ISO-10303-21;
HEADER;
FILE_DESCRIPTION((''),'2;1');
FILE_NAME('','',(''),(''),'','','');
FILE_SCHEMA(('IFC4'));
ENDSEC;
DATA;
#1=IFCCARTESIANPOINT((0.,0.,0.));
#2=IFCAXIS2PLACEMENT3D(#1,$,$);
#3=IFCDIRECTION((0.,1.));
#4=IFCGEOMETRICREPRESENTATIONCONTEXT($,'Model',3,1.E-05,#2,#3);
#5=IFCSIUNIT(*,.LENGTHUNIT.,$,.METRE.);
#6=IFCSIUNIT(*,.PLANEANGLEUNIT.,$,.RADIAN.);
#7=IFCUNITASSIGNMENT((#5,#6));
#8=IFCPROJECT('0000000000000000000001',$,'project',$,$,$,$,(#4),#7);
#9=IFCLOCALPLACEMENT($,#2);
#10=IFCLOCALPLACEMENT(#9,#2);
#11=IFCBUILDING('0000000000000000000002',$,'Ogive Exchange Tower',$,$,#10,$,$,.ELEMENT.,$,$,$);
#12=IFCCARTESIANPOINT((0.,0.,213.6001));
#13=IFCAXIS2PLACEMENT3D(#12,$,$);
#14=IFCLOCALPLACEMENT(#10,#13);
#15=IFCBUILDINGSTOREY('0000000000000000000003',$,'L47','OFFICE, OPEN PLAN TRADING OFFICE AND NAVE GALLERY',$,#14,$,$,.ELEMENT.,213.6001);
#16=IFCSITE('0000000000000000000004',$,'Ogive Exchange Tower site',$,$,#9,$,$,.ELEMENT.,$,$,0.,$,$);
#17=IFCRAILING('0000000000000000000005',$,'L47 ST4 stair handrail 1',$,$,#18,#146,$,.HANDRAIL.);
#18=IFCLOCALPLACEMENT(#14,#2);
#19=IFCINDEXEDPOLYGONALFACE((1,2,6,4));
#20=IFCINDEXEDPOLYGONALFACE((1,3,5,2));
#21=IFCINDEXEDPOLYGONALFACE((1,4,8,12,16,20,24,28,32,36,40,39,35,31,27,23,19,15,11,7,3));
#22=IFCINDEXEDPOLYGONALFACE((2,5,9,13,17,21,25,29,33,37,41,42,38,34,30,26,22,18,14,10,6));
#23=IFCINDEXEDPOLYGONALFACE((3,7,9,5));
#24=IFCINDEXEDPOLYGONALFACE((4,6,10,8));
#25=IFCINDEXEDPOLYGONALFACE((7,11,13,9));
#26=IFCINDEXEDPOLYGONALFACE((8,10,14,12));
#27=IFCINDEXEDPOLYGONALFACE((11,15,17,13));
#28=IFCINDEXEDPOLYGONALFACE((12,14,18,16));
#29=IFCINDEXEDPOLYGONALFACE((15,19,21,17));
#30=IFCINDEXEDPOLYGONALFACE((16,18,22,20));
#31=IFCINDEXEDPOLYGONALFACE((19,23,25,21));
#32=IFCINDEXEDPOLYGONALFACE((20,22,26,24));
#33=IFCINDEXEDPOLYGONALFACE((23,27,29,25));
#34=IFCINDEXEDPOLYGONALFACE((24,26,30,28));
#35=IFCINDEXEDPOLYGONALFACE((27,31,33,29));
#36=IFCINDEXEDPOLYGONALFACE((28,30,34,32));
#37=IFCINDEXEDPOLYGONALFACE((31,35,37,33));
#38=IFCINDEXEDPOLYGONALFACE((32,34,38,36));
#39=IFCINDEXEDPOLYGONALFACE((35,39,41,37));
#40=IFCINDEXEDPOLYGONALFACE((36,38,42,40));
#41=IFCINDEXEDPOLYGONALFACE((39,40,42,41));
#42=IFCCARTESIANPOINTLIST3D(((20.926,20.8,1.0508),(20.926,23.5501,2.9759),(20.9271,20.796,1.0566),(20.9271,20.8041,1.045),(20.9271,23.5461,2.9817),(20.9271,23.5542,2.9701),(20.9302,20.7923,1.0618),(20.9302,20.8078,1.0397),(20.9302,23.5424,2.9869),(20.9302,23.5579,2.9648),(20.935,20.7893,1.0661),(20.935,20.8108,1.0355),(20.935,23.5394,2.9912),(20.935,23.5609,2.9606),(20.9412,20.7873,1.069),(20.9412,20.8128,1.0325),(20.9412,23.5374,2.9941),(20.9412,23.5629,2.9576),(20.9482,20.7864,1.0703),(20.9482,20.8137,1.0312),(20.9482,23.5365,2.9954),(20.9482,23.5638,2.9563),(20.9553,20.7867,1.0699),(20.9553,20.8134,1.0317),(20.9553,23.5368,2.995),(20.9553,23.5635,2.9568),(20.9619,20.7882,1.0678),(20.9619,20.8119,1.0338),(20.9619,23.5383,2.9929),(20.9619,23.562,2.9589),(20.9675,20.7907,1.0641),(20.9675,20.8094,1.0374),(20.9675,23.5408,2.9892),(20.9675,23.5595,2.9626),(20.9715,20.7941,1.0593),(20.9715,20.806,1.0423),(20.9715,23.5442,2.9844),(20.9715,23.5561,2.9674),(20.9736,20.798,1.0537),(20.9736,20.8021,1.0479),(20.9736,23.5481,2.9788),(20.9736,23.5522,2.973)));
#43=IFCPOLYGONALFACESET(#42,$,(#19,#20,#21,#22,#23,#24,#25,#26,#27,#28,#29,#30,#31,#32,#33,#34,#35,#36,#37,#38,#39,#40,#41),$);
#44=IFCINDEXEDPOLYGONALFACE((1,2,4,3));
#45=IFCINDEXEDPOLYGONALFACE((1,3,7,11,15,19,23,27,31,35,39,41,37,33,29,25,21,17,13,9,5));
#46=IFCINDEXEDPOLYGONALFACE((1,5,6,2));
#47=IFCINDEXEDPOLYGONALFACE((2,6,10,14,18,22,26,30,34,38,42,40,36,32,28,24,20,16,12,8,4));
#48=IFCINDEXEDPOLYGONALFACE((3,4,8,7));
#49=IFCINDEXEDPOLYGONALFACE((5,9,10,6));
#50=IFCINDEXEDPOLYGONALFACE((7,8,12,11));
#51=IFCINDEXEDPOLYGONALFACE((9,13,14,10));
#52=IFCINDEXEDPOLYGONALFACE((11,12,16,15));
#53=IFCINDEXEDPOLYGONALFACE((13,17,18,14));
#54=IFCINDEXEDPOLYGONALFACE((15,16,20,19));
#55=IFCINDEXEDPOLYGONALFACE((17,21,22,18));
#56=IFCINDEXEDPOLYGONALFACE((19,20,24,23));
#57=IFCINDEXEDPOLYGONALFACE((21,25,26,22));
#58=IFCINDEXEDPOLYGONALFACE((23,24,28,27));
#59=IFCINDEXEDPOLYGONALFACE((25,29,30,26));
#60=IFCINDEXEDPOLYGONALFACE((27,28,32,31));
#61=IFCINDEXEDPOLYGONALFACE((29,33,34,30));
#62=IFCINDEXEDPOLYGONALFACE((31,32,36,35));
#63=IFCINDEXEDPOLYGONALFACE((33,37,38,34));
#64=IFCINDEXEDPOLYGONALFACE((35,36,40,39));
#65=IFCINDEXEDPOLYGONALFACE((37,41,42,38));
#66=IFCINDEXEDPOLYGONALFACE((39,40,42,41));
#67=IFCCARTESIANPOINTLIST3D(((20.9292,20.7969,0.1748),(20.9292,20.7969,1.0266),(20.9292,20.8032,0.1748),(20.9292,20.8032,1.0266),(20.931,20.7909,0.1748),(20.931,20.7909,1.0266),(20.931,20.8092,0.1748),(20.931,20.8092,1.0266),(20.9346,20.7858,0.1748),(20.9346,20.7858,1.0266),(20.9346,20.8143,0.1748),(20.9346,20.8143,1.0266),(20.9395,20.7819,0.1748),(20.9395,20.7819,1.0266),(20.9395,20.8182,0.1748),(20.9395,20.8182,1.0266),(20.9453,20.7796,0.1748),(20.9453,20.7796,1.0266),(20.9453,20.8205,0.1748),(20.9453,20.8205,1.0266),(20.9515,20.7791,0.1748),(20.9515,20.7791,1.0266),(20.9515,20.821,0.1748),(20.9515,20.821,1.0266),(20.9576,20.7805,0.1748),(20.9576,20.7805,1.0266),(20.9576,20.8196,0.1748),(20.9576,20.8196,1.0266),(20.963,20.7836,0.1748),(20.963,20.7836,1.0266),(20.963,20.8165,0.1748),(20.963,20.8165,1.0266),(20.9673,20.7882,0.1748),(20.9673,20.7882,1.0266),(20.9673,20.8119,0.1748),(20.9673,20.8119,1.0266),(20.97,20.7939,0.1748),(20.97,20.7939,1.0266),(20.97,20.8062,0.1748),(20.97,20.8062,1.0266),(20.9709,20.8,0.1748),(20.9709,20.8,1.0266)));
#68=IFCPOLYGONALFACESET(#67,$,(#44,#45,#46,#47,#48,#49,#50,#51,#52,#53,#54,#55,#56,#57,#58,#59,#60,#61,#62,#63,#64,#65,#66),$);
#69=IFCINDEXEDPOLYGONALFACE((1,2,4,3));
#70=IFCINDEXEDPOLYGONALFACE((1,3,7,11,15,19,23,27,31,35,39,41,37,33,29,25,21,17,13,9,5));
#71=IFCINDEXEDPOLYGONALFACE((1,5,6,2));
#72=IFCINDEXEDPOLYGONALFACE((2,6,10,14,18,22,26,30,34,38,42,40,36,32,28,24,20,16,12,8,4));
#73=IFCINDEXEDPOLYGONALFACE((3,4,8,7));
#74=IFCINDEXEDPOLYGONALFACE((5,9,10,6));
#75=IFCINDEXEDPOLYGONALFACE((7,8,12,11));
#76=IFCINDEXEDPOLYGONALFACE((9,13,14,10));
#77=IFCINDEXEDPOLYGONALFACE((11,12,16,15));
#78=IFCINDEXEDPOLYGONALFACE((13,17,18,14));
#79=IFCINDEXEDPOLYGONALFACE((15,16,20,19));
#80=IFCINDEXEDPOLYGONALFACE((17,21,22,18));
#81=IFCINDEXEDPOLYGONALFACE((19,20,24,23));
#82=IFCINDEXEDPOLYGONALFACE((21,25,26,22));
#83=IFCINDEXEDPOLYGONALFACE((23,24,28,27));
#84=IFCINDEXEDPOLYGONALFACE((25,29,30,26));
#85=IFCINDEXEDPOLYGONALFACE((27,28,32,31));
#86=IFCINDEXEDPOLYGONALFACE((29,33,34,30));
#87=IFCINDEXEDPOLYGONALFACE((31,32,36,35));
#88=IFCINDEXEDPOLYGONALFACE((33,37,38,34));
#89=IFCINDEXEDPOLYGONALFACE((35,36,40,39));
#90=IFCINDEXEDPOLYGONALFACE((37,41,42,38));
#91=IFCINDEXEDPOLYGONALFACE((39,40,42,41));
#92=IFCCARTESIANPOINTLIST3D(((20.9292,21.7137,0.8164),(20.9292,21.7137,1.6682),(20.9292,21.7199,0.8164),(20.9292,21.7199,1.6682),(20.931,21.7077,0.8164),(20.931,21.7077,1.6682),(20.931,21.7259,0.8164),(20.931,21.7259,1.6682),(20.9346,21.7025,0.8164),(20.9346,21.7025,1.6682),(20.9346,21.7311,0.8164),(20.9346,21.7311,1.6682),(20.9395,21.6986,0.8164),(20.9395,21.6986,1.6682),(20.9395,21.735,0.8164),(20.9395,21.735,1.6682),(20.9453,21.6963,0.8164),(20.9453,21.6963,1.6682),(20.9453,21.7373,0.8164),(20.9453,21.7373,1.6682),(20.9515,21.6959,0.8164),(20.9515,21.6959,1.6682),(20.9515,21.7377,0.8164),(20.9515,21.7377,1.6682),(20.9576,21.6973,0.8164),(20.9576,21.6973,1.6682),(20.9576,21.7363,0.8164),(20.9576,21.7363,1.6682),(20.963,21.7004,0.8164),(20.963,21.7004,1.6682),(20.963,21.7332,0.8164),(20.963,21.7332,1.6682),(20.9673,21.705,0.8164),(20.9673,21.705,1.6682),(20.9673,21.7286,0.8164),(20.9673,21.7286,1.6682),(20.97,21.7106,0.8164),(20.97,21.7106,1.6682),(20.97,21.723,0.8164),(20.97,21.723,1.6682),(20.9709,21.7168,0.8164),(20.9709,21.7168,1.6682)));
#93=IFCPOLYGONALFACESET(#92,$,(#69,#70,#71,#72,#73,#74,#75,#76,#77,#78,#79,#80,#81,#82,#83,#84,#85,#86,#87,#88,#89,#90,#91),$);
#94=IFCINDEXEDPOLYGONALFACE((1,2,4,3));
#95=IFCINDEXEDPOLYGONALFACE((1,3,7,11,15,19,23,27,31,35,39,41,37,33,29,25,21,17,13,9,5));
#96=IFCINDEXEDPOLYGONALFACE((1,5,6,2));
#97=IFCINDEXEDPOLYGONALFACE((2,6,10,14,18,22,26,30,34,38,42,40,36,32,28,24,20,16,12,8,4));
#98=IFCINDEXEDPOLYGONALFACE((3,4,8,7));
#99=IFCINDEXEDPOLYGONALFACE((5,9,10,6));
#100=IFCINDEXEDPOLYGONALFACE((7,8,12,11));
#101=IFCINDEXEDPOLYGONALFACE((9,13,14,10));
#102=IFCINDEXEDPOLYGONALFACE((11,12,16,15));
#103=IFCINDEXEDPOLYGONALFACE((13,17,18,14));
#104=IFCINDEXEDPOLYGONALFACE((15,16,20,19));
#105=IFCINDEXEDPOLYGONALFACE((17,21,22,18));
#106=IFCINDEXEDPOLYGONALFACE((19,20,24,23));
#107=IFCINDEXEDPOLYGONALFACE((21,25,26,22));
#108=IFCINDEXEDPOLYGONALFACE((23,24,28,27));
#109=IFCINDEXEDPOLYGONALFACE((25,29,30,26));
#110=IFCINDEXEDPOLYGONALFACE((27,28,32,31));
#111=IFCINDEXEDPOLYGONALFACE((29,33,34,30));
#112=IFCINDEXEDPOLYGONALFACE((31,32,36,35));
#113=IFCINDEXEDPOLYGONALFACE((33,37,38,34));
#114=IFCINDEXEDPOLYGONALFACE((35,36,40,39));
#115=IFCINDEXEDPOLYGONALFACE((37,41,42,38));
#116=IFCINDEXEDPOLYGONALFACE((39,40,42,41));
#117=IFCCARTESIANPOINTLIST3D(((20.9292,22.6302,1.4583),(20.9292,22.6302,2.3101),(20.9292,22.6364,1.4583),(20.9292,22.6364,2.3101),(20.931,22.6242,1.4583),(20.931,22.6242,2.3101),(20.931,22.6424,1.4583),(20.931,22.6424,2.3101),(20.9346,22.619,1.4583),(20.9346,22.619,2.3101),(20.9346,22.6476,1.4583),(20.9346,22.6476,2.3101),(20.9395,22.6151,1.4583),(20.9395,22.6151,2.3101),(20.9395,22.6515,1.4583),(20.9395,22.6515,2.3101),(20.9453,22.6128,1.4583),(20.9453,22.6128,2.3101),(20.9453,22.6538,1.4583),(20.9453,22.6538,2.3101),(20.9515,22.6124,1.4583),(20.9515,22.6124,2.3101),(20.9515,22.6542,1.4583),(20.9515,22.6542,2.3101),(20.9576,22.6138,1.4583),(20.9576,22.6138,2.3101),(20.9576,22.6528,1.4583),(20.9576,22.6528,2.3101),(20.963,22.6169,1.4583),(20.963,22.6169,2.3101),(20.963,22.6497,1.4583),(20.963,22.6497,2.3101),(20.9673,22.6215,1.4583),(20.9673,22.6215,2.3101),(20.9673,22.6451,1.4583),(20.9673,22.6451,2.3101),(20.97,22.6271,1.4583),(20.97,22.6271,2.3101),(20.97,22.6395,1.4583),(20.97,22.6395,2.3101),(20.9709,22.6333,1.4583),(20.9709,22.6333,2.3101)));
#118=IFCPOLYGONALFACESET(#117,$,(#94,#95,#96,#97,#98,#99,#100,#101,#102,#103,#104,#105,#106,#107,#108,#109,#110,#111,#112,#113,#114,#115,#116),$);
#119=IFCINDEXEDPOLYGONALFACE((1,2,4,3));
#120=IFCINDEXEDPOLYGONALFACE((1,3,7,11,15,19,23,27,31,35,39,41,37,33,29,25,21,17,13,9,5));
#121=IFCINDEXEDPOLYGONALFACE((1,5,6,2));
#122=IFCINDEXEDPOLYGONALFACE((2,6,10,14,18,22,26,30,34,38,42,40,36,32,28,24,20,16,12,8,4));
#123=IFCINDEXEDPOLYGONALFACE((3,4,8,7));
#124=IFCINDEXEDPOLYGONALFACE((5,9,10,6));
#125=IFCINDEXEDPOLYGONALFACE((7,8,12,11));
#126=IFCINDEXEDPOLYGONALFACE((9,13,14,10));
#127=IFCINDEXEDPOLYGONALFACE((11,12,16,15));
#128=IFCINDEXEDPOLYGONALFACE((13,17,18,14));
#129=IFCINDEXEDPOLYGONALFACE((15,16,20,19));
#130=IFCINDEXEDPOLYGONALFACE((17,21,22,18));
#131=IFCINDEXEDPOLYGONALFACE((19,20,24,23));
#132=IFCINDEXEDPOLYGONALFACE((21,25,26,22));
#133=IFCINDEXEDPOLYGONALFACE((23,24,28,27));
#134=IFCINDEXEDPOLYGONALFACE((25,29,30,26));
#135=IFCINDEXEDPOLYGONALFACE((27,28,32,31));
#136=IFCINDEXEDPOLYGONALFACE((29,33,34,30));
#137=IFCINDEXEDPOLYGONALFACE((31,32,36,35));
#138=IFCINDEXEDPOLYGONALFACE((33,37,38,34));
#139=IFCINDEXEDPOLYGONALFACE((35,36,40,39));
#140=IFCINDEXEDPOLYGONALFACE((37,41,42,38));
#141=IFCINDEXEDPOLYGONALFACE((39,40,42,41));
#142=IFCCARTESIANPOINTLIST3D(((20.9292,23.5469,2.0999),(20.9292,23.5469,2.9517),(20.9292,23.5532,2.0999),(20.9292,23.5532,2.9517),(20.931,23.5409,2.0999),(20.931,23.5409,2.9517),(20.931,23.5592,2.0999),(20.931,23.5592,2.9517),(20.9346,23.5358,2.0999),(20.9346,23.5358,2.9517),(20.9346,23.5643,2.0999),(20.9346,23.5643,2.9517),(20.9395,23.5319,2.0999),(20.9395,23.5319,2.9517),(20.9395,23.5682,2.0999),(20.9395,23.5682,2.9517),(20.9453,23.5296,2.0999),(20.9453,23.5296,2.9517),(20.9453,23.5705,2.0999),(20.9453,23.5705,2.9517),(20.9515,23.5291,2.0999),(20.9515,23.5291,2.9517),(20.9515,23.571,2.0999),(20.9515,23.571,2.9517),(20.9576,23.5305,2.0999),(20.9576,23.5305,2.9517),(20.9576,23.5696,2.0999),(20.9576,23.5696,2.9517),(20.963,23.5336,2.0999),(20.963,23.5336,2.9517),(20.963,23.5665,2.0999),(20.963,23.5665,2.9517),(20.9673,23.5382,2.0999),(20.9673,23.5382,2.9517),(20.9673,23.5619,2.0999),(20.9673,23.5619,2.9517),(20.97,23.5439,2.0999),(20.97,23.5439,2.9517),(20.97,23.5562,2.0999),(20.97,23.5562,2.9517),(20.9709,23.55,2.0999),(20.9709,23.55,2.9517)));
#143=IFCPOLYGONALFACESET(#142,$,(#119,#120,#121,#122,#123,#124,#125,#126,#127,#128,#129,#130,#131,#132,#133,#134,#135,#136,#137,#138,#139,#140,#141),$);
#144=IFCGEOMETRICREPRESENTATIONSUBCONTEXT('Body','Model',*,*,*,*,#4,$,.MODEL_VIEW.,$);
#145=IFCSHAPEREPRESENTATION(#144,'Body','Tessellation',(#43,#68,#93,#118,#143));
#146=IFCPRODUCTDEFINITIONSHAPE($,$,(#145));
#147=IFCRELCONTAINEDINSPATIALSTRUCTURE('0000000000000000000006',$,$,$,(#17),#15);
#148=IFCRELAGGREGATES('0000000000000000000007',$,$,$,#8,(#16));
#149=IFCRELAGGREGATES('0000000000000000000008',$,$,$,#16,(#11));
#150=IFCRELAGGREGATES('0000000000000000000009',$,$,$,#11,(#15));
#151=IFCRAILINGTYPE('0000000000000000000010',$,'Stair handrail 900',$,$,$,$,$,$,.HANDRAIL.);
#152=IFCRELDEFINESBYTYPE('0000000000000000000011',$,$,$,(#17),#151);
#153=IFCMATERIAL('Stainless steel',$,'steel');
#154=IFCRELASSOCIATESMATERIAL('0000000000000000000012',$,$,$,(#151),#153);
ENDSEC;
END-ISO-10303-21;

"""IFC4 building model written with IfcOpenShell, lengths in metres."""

from ifc_helpers import new_model, si_unit, direction, frame, origin, origin_2d, place, context, subcontext, project, spatial, circle, extrude, material, type_object, element, save


model = new_model("IFC4")

# Units and contexts
model_context = context("Model", 3, precision=1e-05, world=origin(), true_north=direction((0.0, 1.0)))
body_context = subcontext(model_context, "Body", "Model", "MODEL_VIEW")
ifc_project = project(units=[si_unit("LENGTHUNIT", "METRE"), si_unit("PLANEANGLEUNIT", "RADIAN")], contexts=[model_context])

# Site, building, storey
site_placement = place(None, origin())
site = spatial("IfcSite", under=ifc_project, at=site_placement, Name="Ogive Exchange Tower site", CompositionType="ELEMENT", RefElevation=0.0)
building_placement = place(site_placement, origin())
building = spatial("IfcBuilding", under=site, at=building_placement, Name="Ogive Exchange Tower", CompositionType="ELEMENT")
storey_placement = place(building_placement, frame((0.0, 0.0, 213.6001)))
storey = spatial("IfcBuildingStorey", under=building, at=storey_placement, Name="L47", Description="OFFICE, OPEN PLAN TRADING OFFICE AND NAVE GALLERY", CompositionType="ELEMENT", Elevation=213.6001)

# Railing
ifc_material_1 = material(Name="Stainless steel", Category="steel")
railing_type = type_object("IfcRailingType", Name="Stair handrail 900", PredefinedType="HANDRAIL", material=ifc_material_1)
railing_1_placement = place(storey_placement, frame((20.95, 20.8, 0.1748)))
element("IfcRailing", 1, at=railing_1_placement, inside=storey, type_object=railing_type, Name="L47 ST4 stair handrail 1", PredefinedType="HANDRAIL", context=body_context, shape_type="SweptSolid", body=[
    extrude(circle(Radius=0.0239, at=origin_2d()), frame((0.0, 0.0, 0.876), z_axis=(0.0, 0.819225, 0.573472), x_axis=(-1.0, 0.0, 0.0)), (0.0, 0.0, 1.0), 3.3569),
    extrude(circle(Radius=0.021, at=origin_2d()), origin(), (0.0, 0.0, 1.0), 0.8518),
    extrude(circle(Radius=0.021, at=origin_2d()), frame((0.0, 0.9167, 0.6416)), (0.0, 0.0, 1.0), 0.8518),
    extrude(circle(Radius=0.021, at=origin_2d()), frame((0.0, 1.8333, 1.2834)), (0.0, 0.0, 1.0), 0.8518),
    extrude(circle(Radius=0.021, at=origin_2d()), frame((0.0, 2.75, 1.925)), (0.0, 0.0, 1.0), 0.8518),
])

save(model, "model.ifc")
